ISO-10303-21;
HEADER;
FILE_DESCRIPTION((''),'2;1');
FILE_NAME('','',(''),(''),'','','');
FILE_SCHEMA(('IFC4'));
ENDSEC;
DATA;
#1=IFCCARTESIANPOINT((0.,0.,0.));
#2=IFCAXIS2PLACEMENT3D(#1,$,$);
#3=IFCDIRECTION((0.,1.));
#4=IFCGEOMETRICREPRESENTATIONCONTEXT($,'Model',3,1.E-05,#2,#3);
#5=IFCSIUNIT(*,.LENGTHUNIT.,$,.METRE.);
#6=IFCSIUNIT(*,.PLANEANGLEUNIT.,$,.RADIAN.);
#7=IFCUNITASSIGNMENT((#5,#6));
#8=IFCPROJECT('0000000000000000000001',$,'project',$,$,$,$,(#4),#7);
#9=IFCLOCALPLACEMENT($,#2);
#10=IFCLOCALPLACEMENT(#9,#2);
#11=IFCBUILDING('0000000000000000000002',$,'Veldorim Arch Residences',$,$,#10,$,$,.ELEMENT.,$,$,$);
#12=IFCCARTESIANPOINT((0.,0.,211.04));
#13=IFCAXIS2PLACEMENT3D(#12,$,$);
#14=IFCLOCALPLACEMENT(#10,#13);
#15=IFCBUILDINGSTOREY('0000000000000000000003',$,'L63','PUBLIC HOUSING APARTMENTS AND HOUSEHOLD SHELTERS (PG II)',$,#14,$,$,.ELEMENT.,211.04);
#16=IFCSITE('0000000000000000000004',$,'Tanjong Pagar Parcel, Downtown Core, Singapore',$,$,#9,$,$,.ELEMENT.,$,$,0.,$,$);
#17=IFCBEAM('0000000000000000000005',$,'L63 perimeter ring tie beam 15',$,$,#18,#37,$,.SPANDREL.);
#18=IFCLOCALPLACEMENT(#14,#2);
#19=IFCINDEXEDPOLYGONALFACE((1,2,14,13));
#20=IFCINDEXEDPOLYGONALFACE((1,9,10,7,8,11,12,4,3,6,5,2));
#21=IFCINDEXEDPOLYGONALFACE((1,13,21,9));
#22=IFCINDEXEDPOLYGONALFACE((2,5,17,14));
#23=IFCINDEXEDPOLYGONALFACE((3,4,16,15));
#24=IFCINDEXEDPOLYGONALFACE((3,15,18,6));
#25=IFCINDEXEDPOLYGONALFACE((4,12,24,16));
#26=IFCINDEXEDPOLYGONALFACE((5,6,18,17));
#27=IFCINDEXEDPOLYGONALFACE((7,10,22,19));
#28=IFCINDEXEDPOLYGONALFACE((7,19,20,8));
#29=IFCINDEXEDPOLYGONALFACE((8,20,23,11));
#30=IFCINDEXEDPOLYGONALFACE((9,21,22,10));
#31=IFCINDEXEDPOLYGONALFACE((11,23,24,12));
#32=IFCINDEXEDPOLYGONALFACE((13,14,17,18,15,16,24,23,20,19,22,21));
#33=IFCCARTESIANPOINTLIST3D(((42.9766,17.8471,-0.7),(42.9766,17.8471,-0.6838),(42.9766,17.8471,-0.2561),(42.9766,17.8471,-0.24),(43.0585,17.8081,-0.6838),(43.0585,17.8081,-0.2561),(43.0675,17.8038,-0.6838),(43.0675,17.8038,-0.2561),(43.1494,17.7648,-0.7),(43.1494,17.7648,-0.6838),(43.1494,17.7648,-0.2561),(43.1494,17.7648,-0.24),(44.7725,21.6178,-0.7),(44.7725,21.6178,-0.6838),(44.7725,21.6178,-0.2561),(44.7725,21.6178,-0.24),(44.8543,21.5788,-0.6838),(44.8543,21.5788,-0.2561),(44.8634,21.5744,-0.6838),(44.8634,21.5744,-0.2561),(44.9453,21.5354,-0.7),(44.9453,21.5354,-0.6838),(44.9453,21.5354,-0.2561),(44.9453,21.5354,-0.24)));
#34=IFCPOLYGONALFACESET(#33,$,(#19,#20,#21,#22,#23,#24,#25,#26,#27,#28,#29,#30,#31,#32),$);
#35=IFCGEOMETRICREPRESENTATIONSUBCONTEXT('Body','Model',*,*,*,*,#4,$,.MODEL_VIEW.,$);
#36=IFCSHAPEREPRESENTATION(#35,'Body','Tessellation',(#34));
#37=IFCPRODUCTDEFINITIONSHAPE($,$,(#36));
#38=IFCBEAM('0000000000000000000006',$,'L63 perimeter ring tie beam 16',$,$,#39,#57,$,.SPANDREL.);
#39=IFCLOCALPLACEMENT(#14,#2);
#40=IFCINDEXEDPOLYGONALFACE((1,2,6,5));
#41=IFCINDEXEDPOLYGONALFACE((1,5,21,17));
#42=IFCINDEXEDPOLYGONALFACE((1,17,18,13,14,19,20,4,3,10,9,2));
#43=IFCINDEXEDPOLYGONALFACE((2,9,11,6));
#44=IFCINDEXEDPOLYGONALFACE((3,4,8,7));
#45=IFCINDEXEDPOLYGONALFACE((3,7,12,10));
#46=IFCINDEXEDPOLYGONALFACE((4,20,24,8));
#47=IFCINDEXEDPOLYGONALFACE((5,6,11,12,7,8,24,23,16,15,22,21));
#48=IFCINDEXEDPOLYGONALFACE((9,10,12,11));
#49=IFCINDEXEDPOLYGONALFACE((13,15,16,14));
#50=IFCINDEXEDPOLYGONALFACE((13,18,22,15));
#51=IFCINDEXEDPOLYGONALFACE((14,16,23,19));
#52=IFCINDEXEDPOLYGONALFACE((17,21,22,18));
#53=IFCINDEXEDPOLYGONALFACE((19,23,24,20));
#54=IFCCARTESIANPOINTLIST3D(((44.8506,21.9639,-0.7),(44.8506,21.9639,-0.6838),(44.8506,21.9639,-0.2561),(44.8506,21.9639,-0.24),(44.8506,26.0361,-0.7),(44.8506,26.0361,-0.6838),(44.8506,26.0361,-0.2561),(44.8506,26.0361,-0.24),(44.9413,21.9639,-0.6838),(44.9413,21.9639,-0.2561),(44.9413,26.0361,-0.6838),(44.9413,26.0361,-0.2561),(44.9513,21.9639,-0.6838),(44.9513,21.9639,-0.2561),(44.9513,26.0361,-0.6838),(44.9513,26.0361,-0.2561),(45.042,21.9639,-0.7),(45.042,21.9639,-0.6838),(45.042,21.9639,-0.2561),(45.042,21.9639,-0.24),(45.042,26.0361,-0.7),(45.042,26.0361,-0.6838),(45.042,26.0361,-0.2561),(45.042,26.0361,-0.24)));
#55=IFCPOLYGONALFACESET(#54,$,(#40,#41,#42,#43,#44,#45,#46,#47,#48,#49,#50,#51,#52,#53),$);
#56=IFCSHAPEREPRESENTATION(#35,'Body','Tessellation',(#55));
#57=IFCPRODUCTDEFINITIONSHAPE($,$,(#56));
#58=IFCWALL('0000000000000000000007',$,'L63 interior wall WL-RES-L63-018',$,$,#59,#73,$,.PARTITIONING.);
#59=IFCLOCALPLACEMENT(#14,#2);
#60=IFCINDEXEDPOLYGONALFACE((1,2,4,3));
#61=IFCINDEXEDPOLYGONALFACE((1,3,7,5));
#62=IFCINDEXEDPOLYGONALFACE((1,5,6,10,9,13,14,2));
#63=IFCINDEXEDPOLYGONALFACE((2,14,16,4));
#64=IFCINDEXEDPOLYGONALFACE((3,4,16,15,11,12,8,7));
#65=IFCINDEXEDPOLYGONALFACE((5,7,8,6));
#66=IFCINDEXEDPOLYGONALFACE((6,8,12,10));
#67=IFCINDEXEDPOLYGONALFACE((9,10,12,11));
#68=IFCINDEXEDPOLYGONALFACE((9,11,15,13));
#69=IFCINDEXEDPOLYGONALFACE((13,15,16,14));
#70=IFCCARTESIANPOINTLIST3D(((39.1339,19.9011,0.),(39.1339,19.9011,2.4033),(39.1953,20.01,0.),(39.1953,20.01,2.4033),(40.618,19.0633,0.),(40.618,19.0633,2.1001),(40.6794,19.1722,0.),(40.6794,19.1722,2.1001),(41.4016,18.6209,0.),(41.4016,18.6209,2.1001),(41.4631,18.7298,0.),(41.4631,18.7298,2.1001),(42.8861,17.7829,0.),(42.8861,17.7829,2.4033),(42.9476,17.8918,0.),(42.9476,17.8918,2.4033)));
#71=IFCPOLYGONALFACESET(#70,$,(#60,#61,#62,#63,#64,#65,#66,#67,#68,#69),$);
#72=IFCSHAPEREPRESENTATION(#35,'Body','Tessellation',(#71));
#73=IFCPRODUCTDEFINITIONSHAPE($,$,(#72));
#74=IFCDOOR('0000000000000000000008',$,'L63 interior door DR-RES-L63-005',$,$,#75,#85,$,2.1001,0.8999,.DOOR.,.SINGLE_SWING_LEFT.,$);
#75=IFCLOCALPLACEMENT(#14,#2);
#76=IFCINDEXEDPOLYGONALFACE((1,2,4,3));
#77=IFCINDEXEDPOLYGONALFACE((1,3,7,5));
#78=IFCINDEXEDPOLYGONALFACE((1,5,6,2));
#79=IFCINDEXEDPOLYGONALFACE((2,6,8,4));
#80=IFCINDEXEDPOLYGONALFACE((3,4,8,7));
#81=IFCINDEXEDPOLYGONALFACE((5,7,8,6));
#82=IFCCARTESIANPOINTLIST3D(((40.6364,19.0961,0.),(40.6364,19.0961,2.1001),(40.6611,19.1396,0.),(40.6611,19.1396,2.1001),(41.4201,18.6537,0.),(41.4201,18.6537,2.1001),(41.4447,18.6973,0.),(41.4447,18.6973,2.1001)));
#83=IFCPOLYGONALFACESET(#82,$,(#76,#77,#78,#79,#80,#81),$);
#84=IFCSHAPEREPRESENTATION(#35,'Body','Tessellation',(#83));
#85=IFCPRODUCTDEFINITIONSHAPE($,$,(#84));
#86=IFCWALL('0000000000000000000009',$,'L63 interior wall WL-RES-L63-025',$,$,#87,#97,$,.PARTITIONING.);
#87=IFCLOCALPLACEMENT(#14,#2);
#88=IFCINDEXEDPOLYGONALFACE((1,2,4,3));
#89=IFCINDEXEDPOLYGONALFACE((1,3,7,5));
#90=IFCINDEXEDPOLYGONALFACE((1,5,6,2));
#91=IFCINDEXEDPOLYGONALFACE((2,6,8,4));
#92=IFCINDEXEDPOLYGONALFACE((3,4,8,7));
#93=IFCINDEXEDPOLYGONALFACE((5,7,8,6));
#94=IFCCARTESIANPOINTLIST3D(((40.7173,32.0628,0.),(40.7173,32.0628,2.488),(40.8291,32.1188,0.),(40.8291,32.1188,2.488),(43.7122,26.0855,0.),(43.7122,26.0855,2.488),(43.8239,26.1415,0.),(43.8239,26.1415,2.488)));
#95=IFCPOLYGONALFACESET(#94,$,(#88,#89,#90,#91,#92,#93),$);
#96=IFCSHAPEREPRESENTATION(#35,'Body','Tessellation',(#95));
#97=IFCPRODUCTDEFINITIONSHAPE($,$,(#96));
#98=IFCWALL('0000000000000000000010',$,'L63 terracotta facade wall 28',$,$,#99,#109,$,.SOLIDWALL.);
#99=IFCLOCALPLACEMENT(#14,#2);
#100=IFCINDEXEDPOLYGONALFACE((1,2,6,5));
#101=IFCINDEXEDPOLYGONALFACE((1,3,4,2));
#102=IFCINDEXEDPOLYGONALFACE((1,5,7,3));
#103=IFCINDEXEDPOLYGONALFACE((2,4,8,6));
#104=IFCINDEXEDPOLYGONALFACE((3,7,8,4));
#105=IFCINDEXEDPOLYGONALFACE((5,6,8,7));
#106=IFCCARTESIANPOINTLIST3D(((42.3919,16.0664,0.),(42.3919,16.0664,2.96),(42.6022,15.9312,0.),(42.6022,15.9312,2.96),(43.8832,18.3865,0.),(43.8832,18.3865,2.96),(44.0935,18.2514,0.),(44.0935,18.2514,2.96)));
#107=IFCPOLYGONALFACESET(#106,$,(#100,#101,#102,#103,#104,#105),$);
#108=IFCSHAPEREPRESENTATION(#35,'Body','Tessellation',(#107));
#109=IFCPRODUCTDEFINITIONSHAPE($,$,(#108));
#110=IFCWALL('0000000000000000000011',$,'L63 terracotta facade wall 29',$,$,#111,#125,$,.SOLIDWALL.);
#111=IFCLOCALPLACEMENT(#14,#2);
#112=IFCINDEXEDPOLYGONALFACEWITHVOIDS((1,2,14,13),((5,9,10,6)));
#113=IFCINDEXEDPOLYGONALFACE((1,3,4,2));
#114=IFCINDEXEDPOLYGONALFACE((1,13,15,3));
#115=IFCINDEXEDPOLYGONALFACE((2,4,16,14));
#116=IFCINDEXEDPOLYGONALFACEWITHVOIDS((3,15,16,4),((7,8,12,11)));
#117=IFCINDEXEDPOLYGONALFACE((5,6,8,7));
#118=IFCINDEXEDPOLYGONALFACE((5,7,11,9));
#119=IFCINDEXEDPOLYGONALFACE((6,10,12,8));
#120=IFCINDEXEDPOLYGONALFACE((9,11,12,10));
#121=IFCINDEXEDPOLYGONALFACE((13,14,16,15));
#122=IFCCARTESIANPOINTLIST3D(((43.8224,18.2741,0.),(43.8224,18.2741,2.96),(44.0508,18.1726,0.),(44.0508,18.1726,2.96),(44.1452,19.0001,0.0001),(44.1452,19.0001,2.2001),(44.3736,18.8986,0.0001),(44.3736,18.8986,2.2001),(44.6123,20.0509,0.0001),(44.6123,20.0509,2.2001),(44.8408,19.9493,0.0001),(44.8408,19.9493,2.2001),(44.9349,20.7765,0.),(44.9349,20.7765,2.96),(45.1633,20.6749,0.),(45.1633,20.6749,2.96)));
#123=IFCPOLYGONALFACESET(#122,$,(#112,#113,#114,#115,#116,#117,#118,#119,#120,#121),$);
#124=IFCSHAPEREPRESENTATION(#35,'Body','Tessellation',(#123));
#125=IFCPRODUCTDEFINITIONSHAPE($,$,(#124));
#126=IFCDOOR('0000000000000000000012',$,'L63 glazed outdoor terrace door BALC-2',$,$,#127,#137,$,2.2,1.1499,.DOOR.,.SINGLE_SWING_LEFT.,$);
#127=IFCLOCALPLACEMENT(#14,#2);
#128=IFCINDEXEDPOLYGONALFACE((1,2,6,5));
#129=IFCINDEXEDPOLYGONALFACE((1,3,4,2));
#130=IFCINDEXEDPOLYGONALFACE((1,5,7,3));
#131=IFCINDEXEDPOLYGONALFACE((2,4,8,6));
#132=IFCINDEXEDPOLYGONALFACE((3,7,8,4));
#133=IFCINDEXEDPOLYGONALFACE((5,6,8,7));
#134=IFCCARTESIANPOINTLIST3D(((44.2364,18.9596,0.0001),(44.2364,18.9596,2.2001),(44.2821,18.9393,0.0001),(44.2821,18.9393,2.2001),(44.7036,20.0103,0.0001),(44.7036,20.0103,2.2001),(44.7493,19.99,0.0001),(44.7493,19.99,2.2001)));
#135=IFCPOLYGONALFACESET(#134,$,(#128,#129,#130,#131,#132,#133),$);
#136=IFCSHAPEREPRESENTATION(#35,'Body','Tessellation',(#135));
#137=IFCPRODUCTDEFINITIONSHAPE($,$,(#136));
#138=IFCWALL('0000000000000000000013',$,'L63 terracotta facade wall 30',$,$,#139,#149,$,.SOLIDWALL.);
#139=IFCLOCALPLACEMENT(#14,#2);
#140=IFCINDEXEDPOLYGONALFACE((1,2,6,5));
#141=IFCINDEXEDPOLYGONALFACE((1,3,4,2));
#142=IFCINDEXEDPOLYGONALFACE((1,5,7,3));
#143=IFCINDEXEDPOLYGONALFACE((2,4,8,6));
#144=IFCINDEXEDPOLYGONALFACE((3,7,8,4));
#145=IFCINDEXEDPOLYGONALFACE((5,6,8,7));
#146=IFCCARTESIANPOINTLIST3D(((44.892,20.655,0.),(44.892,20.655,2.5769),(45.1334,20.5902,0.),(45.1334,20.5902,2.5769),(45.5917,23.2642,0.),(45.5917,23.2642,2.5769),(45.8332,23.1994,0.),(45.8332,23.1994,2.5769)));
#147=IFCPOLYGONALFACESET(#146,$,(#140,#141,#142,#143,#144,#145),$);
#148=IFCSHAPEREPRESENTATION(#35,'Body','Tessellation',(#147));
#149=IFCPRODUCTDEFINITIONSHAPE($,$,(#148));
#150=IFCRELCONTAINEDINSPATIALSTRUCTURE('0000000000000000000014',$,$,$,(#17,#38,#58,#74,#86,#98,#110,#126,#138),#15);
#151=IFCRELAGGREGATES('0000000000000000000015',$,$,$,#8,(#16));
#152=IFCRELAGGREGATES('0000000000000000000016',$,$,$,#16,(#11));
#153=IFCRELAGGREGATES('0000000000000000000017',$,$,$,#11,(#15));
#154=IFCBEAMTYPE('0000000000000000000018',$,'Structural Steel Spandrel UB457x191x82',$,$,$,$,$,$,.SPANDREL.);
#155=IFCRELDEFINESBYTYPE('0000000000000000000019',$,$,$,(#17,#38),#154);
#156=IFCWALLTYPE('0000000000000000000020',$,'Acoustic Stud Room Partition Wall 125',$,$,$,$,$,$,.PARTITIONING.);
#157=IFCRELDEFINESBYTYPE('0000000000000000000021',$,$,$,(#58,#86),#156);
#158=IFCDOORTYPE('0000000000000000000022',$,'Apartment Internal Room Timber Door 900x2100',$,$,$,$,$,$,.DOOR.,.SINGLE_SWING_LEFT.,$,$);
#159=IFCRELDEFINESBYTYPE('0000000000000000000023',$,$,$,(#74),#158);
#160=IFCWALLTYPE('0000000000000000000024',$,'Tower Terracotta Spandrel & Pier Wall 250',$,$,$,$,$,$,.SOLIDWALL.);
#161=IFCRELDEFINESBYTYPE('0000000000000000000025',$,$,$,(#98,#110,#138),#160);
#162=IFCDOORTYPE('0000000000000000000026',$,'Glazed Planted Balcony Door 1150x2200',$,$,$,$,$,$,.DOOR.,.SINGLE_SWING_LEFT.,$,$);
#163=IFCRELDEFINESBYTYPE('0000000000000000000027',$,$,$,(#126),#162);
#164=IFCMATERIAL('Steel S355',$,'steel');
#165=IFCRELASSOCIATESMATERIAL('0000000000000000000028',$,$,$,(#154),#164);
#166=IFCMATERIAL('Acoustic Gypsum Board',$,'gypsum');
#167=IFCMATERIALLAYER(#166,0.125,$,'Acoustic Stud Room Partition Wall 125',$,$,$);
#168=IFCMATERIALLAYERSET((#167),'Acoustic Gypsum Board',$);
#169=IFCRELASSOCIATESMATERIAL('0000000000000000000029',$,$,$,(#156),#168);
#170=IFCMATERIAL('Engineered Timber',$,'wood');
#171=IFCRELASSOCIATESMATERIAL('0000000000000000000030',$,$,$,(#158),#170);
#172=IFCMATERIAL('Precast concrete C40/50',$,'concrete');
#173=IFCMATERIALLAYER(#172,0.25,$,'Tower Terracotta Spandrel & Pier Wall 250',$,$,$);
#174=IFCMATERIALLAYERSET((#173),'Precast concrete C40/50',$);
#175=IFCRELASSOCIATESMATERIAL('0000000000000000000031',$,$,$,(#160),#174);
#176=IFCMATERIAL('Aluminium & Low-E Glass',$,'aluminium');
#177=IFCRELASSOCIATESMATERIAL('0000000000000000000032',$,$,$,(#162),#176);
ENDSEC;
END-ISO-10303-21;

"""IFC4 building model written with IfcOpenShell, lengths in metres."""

from ifc_helpers import new_model, si_unit, direction, frame, frame_2d, origin, origin_2d, place, context, subcontext, project, spatial, rectangle, i_section, extrude, material, layer, layer_set, material_profile, profile_set, type_object, element, fill, save


model = new_model("IFC4")

# Units and contexts
model_context = context("Model", 3, precision=1e-05, world=origin(), true_north=direction((0.0, 1.0)))
body_context = subcontext(model_context, "Body", "Model", "MODEL_VIEW")
ifc_project = project(units=[si_unit("LENGTHUNIT", "METRE"), si_unit("PLANEANGLEUNIT", "RADIAN")], contexts=[model_context])

# Site, building, storey
site_placement = place(None, origin())
site = spatial("IfcSite", under=ifc_project, at=site_placement, Name="Tanjong Pagar Parcel, Downtown Core, Singapore", CompositionType="ELEMENT", RefElevation=0.0)
building_placement = place(site_placement, origin())
building = spatial("IfcBuilding", under=site, at=building_placement, Name="Veldorim Arch Residences", CompositionType="ELEMENT")
storey_placement = place(building_placement, frame((0.0, 0.0, 211.04)))
storey = spatial("IfcBuildingStorey", under=building, at=storey_placement, Name="L63", Description="PUBLIC HOUSING APARTMENTS AND HOUSEHOLD SHELTERS (PG II)", CompositionType="ELEMENT", Elevation=211.04)

# Beams
ifc_material_1 = material(Name="Steel S355", Category="steel")
ifc_material_profile_1 = material_profile(ifc_material_1, i_section(OverallWidth=0.1914, OverallDepth=0.46, WebThickness=0.01, FlangeThickness=0.0161, at=origin_2d()), Name="UB457x191x82")
ifc_profile_set_1 = profile_set([ifc_material_profile_1], Name="Steel S355")
beam_type_1 = type_object("IfcBeamType", Name="Structural Steel Spandrel UB457x191x82", PredefinedType="SPANDREL", material=ifc_profile_set_1)
beam_1_placement = place(storey_placement, frame((43.063, 17.8059, -0.47), z_axis=(0.429993, 0.902832, 0.0), x_axis=(-0.902832, 0.429993, 0.0)))
element("IfcBeam", 1, at=beam_1_placement, inside=storey, type_object=beam_type_1, Name="L63 perimeter ring tie beam 15", PredefinedType="SPANDREL", context=body_context, shape_type="SweptSolid", body=[
    extrude(i_section(OverallWidth=0.1914, OverallDepth=0.46, WebThickness=0.01, FlangeThickness=0.0161, at=origin_2d()), origin(), (0.0, 0.0, 1.0), 4.1765),
])
beam_2_placement = place(storey_placement, frame((44.9463, 21.9639, -0.47), z_axis=(0.0, 1.0, 0.0), x_axis=(-1.0, 0.0, 0.0)))
element("IfcBeam", 2, at=beam_2_placement, inside=storey, type_object=beam_type_1, Name="L63 perimeter ring tie beam 16", PredefinedType="SPANDREL", context=body_context, shape_type="SweptSolid", body=[
    extrude(i_section(OverallWidth=0.1914, OverallDepth=0.46, WebThickness=0.01, FlangeThickness=0.0161, at=origin_2d()), origin(), (0.0, 0.0, 1.0), 4.0723),
])

# Wall, opening, door
ifc_material_2 = material(Name="Acoustic Gypsum Board", Category="gypsum")
ifc_layer_1 = layer(ifc_material_2, 0.125, Name="Acoustic Stud Room Partition Wall 125")
ifc_layer_set_1 = layer_set([ifc_layer_1], Name="Acoustic Gypsum Board")
wall_type_1 = type_object("IfcWallType", Name="Acoustic Stud Room Partition Wall 125", PredefinedType="PARTITIONING", material=ifc_layer_set_1)
wall_1_placement = place(storey_placement, frame((42.9167, 17.8374, 0.0), z_axis=(0.0, 0.0, 1.0), x_axis=(-0.870825, 0.491592, 0.0)))
wall_1 = element("IfcWall", 3, at=wall_1_placement, inside=storey, type_object=wall_type_1, Name="L63 interior wall WL-RES-L63-018", PredefinedType="PARTITIONING", context=body_context, shape_type="SweptSolid", body=[
    extrude(rectangle(XDim=4.3088, YDim=0.125, at=frame_2d((2.1543, 0.0))), origin(), (0.0, 0.0, 1.0), 2.4033),
])
opening_1_placement = place(wall_1_placement, frame((1.7046, 0.0, 0.0)))
opening_1 = element("IfcOpeningElement", 4, at=opening_1_placement, cuts=wall_1, PredefinedType="OPENING", context=body_context, shape_type="SweptSolid", body=[
    extrude(rectangle(XDim=0.8999, YDim=2.1001, at=frame_2d((0.45, 1.05))), frame((0.0, 0.0725, 0.0), z_axis=(0.0, -1.0, 0.0), x_axis=(1.0, 0.0, 0.0)), (0.0, 0.0, 1.0), 0.145),
])
ifc_material_3 = material(Name="Engineered Timber", Category="wood")
door_type_1 = type_object("IfcDoorType", Name="Apartment Internal Room Timber Door 900x2100", OperationType="SINGLE_SWING_LEFT", PredefinedType="DOOR", material=ifc_material_3)
door_1_placement = place(opening_1_placement, origin())
door_1 = element("IfcDoor", 5, at=door_1_placement, inside=storey, type_object=door_type_1, Name="L63 interior door DR-RES-L63-005", OperationType="SINGLE_SWING_LEFT", OverallHeight=2.1001, OverallWidth=0.8999, PredefinedType="DOOR", context=body_context, shape_type="SweptSolid", body=[
    extrude(rectangle(XDim=0.8999, YDim=2.1001, at=frame_2d((0.45, 1.05))), frame((0.0, 0.0249, 0.0), z_axis=(0.0, -1.0, 0.0), x_axis=(1.0, 0.0, 0.0)), (0.0, 0.0, 1.0), 0.05),
])
fill(opening_1, door_1)

# Walls
wall_2_placement = place(storey_placement, frame((43.7681, 26.1135, 0.0), z_axis=(0.0, 0.0, 1.0), x_axis=(-0.447958, 0.894054, 0.0)))
element("IfcWall", 6, at=wall_2_placement, inside=storey, type_object=wall_type_1, Name="L63 interior wall WL-RES-L63-025", PredefinedType="PARTITIONING", context=body_context, shape_type="SweptSolid", body=[
    extrude(rectangle(XDim=6.6855, YDim=0.125, at=frame_2d((3.3428, 0.0))), origin(), (0.0, 0.0, 1.0), 2.488),
])
ifc_material_4 = material(Name="Precast concrete C40/50", Category="concrete")
ifc_layer_2 = layer(ifc_material_4, 0.25, Name="Tower Terracotta Spandrel & Pier Wall 250")
ifc_layer_set_2 = layer_set([ifc_layer_2], Name="Precast concrete C40/50")
wall_type_2 = type_object("IfcWallType", Name="Tower Terracotta Spandrel & Pier Wall 250", PredefinedType="SOLIDWALL", material=ifc_layer_set_2)
wall_3_placement = place(storey_placement, frame((43.9883, 18.3188, 0.0), z_axis=(0.0, 0.0, 1.0), x_axis=(-0.54069, -0.841222, 0.0)))
element("IfcWall", 7, at=wall_3_placement, inside=storey, type_object=wall_type_2, Name="L63 terracotta facade wall 28", PredefinedType="SOLIDWALL", context=body_context, shape_type="SweptSolid", body=[
    extrude(rectangle(XDim=2.7581, YDim=0.25, at=frame_2d((1.3789, 0.0))), origin(), (0.0, 0.0, 1.0), 2.96),
])

# Wall, opening, door
wall_4_placement = place(storey_placement, frame((45.0491, 20.7256, 0.0), z_axis=(0.0, 0.0, 1.0), x_axis=(-0.406246, -0.913764, 0.0)))
wall_4 = element("IfcWall", 8, at=wall_4_placement, inside=storey, type_object=wall_type_2, Name="L63 terracotta facade wall 29", PredefinedType="SOLIDWALL", context=body_context, shape_type="SweptSolid", body=[
    extrude(rectangle(XDim=2.7385, YDim=0.25, at=frame_2d((1.3691, 0.0))), origin(), (0.0, 0.0, 1.0), 2.96),
])
opening_2_placement = place(wall_4_placement, frame((0.7939, 0.0, 0.0)))
opening_2 = element("IfcOpeningElement", 9, at=opening_2_placement, cuts=wall_4, PredefinedType="OPENING", context=body_context, shape_type="SweptSolid", body=[
    extrude(rectangle(XDim=1.1499, YDim=2.2, at=frame_2d((0.575, 1.1001))), frame((0.0, 0.135, 0.0), z_axis=(0.0, -1.0, 0.0), x_axis=(1.0, 0.0, 0.0)), (0.0, 0.0, 1.0), 0.27),
])
ifc_material_5 = material(Name="Aluminium & Low-E Glass", Category="aluminium")
door_type_2 = type_object("IfcDoorType", Name="Glazed Planted Balcony Door 1150x2200", OperationType="SINGLE_SWING_LEFT", PredefinedType="DOOR", material=ifc_material_5)
door_2_placement = place(opening_2_placement, origin())
door_2 = element("IfcDoor", 10, at=door_2_placement, inside=storey, type_object=door_type_2, Name="L63 glazed outdoor terrace door BALC-2", OperationType="SINGLE_SWING_LEFT", OverallHeight=2.2, OverallWidth=1.1499, PredefinedType="DOOR", context=body_context, shape_type="SweptSolid", body=[
    extrude(rectangle(XDim=1.1499, YDim=2.2, at=frame_2d((0.575, 1.1001))), frame((0.0, 0.0249, 0.0), z_axis=(0.0, -1.0, 0.0), x_axis=(1.0, 0.0, 0.0)), (0.0, 0.0, 1.0), 0.05),
])
fill(opening_2, door_2)

# Wall
wall_5_placement = place(storey_placement, frame((45.7124, 23.2317, 0.0), z_axis=(0.0, 0.0, 1.0), x_axis=(-0.259024, -0.965871, 0.0)))
element("IfcWall", 11, at=wall_5_placement, inside=storey, type_object=wall_type_2, Name="L63 terracotta facade wall 30", PredefinedType="SOLIDWALL", context=body_context, shape_type="SweptSolid", body=[
    extrude(rectangle(XDim=2.7014, YDim=0.25, at=frame_2d((1.3506, 0.0))), origin(), (0.0, 0.0, 1.0), 2.5769),
])

save(model, "model.ifc")
